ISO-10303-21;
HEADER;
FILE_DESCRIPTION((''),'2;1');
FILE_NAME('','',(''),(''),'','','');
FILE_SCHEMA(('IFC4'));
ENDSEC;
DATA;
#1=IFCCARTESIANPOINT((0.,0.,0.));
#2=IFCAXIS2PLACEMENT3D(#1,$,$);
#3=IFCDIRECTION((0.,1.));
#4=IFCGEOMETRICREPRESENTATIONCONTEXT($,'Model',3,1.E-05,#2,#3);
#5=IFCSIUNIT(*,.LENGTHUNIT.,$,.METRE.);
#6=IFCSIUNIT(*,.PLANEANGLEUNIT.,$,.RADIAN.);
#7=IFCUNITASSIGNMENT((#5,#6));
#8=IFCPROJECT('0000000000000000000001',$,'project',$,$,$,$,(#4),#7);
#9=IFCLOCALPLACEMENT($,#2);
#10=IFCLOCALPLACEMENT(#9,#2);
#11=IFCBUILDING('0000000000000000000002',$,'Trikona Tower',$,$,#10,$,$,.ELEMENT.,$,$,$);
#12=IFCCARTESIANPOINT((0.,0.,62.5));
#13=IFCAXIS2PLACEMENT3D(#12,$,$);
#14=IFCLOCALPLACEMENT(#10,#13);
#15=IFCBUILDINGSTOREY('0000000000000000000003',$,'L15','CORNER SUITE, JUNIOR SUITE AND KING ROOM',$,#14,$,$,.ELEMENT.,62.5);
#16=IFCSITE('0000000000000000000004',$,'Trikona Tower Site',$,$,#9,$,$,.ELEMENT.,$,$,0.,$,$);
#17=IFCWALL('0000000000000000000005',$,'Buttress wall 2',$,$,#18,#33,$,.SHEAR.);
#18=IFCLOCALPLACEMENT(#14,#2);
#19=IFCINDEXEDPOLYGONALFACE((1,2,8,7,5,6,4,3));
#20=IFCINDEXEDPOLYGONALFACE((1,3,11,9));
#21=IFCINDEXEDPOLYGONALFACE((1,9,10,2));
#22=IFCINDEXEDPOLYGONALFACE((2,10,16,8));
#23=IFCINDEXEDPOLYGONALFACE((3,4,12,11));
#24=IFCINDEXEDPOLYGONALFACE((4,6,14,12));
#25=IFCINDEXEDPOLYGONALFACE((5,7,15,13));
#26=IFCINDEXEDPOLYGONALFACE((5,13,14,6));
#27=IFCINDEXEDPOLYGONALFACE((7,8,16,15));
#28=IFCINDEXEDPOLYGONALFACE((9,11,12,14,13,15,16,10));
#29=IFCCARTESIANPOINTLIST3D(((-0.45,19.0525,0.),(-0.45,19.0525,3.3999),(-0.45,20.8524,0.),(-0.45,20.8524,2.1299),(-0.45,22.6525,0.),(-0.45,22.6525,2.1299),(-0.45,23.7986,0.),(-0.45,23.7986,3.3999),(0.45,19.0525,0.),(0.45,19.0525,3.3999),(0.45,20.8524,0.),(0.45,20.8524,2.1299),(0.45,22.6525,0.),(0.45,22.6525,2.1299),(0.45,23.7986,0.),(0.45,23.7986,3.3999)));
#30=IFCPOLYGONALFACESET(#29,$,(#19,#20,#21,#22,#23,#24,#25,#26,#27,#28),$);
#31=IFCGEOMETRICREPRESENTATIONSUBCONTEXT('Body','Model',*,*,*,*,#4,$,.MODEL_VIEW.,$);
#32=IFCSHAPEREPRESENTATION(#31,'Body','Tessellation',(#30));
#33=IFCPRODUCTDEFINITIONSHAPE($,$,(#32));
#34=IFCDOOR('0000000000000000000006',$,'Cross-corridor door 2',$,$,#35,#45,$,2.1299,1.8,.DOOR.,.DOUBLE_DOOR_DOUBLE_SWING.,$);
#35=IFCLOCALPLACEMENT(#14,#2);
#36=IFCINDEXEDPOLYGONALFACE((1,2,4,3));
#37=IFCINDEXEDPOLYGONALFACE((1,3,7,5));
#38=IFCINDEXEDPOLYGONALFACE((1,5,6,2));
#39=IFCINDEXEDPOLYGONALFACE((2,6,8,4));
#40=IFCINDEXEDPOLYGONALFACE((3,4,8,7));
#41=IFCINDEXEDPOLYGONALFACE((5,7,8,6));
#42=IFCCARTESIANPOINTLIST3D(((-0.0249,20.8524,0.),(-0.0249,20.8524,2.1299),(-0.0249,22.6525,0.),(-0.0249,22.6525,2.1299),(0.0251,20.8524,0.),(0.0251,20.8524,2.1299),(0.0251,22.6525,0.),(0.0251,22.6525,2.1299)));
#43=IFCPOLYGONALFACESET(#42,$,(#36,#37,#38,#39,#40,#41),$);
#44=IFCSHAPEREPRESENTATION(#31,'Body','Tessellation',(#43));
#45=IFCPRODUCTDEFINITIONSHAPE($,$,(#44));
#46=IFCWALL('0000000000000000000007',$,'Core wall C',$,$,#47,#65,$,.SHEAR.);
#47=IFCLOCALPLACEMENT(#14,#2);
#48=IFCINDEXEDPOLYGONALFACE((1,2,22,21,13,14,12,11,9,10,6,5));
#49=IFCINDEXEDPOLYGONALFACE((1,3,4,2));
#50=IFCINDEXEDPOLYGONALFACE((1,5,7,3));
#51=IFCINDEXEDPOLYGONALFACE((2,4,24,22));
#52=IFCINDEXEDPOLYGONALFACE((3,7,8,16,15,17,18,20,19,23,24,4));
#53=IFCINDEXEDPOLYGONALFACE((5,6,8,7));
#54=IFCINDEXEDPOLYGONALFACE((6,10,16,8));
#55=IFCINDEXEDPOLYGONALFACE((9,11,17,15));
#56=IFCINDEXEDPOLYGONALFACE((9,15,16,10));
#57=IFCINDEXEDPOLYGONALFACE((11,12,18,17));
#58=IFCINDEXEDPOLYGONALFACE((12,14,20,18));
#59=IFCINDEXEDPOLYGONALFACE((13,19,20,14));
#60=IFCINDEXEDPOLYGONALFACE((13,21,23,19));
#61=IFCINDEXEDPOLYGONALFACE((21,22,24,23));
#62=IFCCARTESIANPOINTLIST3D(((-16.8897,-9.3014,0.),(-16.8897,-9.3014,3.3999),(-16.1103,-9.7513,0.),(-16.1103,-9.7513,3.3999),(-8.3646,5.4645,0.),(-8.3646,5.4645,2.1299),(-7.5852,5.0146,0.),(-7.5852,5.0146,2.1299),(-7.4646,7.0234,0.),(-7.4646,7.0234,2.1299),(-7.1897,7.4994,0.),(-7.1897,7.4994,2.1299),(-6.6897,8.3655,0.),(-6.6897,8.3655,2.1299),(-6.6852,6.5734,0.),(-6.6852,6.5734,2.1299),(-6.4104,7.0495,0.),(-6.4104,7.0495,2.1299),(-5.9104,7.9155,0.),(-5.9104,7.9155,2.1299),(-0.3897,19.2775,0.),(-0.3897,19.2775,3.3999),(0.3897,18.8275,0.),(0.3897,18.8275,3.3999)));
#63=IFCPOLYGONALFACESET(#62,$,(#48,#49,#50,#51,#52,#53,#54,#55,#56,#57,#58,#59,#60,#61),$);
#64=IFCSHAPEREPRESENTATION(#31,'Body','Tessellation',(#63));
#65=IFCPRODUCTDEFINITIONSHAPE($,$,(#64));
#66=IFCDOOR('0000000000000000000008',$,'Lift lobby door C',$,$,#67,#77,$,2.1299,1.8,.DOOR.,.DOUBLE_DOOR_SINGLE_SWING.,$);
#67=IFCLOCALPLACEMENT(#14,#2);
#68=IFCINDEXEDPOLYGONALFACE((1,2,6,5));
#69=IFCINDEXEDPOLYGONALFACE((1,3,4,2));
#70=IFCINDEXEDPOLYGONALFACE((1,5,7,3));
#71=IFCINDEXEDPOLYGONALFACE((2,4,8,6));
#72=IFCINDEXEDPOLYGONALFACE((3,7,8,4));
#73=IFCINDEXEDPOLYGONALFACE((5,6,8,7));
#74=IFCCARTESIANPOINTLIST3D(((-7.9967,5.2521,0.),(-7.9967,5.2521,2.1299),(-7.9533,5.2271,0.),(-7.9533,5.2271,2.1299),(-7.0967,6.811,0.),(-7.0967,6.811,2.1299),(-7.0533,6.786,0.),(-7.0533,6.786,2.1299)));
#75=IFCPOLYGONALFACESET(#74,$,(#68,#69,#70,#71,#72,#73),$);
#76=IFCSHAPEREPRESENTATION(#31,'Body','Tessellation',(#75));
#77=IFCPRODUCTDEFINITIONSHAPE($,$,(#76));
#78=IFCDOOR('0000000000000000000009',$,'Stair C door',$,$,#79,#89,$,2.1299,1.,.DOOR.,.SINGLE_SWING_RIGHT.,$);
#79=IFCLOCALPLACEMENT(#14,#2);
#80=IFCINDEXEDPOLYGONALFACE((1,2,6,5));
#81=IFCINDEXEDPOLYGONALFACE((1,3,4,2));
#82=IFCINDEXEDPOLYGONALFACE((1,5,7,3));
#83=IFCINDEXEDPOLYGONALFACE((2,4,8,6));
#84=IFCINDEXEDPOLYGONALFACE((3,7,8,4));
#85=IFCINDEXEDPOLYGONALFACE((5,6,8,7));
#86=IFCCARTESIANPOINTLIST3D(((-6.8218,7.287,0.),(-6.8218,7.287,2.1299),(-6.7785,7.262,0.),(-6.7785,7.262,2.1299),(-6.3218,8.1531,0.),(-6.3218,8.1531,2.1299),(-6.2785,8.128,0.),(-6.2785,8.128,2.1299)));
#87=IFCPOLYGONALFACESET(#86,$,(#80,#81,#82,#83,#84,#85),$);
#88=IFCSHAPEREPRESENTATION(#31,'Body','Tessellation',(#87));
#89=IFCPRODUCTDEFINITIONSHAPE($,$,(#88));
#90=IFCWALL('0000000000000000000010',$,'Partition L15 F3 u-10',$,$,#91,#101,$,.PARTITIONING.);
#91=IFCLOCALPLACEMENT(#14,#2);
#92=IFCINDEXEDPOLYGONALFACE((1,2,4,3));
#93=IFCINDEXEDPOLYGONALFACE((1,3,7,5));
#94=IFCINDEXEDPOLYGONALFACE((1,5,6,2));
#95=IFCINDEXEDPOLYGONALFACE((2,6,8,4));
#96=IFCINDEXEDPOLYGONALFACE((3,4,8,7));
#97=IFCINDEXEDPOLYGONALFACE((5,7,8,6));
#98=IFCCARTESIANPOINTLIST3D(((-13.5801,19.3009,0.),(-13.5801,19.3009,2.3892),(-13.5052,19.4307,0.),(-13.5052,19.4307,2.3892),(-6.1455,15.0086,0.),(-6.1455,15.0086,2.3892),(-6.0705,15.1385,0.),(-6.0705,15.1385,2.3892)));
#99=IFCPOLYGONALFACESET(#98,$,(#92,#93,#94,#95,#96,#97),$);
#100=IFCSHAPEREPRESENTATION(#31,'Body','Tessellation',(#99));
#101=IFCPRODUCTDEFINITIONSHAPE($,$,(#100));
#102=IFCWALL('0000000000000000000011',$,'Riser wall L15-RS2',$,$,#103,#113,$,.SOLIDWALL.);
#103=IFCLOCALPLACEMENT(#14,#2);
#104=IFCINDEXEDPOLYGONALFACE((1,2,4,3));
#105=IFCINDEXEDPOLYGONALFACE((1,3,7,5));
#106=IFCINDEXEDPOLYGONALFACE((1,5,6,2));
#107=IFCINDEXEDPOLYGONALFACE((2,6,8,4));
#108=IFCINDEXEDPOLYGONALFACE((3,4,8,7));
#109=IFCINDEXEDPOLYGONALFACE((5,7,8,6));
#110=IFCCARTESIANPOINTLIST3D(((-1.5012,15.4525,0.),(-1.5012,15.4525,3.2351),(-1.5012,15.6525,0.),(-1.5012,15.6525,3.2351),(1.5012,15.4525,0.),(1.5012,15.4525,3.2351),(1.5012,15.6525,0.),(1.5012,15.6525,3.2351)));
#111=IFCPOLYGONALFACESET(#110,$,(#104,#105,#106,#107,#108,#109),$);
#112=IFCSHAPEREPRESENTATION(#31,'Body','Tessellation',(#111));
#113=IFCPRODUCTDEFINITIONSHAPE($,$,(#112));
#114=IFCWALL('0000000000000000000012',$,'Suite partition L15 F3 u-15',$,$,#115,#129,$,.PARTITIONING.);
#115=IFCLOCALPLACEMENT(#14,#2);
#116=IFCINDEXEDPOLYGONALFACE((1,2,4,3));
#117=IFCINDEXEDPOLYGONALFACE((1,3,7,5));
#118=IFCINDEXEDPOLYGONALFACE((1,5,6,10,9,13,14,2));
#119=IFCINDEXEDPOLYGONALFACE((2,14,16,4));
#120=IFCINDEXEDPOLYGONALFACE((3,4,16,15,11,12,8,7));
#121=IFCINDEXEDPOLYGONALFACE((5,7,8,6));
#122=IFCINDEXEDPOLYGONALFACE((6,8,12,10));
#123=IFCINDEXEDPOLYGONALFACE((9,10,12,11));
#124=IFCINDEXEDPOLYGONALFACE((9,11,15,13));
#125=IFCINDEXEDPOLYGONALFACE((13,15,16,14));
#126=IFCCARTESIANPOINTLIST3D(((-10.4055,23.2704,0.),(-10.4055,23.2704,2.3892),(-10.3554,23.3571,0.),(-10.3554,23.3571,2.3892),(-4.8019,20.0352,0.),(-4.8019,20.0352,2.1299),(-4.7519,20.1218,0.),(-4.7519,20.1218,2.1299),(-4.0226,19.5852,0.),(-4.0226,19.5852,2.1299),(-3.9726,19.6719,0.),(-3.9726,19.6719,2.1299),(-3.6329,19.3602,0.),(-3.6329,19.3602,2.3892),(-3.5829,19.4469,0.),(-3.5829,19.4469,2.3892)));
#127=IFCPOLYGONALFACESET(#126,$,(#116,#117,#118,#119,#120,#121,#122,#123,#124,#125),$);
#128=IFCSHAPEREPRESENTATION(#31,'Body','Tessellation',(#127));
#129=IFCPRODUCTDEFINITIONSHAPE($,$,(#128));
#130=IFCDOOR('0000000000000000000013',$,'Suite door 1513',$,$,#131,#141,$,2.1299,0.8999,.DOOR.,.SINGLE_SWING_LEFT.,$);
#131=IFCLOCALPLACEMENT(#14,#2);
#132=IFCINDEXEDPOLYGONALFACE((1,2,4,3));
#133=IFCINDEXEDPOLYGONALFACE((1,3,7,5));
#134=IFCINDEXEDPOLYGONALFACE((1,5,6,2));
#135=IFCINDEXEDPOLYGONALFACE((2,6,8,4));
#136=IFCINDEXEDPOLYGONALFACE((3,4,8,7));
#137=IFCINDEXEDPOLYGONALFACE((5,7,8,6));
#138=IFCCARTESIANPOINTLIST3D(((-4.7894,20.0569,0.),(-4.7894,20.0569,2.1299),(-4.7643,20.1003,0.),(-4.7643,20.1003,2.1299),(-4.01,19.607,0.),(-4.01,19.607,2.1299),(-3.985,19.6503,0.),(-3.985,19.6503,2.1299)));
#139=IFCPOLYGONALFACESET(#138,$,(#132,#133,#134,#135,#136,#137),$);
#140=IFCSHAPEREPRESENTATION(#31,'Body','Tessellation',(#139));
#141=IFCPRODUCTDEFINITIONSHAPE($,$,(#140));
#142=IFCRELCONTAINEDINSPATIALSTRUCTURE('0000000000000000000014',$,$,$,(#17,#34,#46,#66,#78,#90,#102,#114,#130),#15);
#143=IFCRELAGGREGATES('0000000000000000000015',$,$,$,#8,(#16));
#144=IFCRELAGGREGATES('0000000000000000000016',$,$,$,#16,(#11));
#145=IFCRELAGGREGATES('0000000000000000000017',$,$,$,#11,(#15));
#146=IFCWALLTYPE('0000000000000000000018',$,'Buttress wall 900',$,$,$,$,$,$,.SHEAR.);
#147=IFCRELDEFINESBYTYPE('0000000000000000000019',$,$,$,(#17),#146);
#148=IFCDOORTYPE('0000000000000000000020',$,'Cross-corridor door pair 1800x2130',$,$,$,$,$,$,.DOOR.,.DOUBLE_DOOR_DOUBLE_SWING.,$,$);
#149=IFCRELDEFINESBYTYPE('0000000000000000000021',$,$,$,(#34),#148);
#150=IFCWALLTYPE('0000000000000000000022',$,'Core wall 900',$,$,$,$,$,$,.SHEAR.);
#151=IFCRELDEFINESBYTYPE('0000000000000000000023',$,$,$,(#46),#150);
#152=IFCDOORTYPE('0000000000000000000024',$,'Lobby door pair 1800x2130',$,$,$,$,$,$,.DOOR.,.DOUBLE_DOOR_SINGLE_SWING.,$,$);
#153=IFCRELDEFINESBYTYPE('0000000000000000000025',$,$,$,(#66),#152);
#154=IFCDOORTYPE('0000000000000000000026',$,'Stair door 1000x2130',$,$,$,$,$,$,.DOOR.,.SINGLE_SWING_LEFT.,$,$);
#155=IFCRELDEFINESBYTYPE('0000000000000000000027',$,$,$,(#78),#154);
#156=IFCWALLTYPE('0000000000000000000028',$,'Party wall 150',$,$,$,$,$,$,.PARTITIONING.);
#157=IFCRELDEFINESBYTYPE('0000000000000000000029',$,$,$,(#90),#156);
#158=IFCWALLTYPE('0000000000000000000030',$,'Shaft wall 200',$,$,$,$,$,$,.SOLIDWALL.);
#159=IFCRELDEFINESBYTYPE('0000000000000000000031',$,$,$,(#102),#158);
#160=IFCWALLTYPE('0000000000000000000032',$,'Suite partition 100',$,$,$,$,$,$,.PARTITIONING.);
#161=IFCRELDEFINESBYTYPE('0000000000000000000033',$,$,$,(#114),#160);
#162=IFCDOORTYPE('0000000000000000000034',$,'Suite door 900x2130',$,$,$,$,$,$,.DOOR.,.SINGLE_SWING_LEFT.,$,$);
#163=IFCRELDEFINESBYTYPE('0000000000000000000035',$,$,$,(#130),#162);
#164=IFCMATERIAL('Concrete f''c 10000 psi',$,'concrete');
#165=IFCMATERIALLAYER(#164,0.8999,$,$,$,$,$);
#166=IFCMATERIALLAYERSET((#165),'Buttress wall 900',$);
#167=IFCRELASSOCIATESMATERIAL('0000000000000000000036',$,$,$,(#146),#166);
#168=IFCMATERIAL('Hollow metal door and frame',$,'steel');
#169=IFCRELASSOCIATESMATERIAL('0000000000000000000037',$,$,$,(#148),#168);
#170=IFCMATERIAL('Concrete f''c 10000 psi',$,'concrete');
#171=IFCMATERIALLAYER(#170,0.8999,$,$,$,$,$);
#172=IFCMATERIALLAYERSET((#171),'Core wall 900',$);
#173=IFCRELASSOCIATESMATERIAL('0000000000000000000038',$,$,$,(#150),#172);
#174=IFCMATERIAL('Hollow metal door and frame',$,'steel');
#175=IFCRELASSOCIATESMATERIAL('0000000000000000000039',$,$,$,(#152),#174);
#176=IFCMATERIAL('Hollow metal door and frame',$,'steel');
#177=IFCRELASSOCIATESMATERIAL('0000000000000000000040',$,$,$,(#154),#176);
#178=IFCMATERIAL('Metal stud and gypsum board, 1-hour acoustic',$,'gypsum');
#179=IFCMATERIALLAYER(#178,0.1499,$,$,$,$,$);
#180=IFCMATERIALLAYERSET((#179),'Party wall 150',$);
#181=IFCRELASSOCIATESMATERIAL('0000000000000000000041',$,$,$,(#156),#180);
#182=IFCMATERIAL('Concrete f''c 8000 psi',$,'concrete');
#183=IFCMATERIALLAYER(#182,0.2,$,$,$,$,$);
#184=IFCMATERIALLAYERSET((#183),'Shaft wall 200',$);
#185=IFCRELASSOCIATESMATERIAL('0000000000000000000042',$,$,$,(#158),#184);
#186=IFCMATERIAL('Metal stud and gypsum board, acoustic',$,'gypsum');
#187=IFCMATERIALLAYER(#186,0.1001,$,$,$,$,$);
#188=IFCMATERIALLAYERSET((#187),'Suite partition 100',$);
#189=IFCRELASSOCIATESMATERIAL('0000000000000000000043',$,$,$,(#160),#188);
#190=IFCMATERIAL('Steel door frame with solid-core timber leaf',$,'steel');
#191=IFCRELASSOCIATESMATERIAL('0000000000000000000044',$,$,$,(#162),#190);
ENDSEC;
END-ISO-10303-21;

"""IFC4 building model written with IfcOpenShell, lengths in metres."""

from ifc_helpers import new_model, si_unit, direction, frame, frame_2d, origin, place, context, subcontext, project, spatial, rectangle, extrude, material, layer, layer_set, type_object, element, fill, save


model = new_model("IFC4")

# Units and contexts
model_context = context("Model", 3, precision=1e-05, world=origin(), true_north=direction((0.0, 1.0)))
body_context = subcontext(model_context, "Body", "Model", "MODEL_VIEW")
ifc_project = project(units=[si_unit("LENGTHUNIT", "METRE"), si_unit("PLANEANGLEUNIT", "RADIAN")], contexts=[model_context])

# Site, building, storey
site_placement = place(None, origin())
site = spatial("IfcSite", under=ifc_project, at=site_placement, Name="Trikona Tower Site", CompositionType="ELEMENT", RefElevation=0.0)
building_placement = place(site_placement, origin())
building = spatial("IfcBuilding", under=site, at=building_placement, Name="Trikona Tower", CompositionType="ELEMENT")
storey_placement = place(building_placement, frame((0.0, 0.0, 62.5)))
storey = spatial("IfcBuildingStorey", under=building, at=storey_placement, Name="L15", Description="CORNER SUITE, JUNIOR SUITE AND KING ROOM", CompositionType="ELEMENT", Elevation=62.5)

# Wall, opening, door
ifc_material_1 = material(Name="Concrete f'c 10000 psi", Category="concrete")
ifc_layer_1 = layer(ifc_material_1, 0.8999)
ifc_layer_set_1 = layer_set([ifc_layer_1], Name="Buttress wall 900")
wall_type_1 = type_object("IfcWallType", Name="Buttress wall 900", PredefinedType="SHEAR", material=ifc_layer_set_1)
wall_1_placement = place(storey_placement, frame((0.0, 19.0525, 0.0), z_axis=(0.0, 0.0, 1.0), x_axis=(0.0, 1.0, 0.0)))
wall_1 = element("IfcWall", 1, at=wall_1_placement, inside=storey, type_object=wall_type_1, Name="Buttress wall 2", PredefinedType="SHEAR", context=body_context, shape_type="SweptSolid", body=[
    extrude(rectangle(XDim=4.7461, YDim=0.8999, at=frame_2d((2.373, 0.0))), origin(), (0.0, 0.0, 1.0), 3.3999),
])
opening_1_placement = place(wall_1_placement, frame((1.8, 0.0, 0.0)))
opening_1 = element("IfcOpeningElement", 2, at=opening_1_placement, cuts=wall_1, PredefinedType="OPENING", context=body_context, shape_type="SweptSolid", body=[
    extrude(rectangle(XDim=1.8, YDim=2.1299, at=frame_2d((0.8999, 1.0649))), frame((0.0, 0.46, 0.0), z_axis=(0.0, -1.0, 0.0), x_axis=(1.0, 0.0, 0.0)), (0.0, 0.0, 1.0), 0.9199),
])
ifc_material_2 = material(Name="Hollow metal door and frame", Category="steel")
door_type_1 = type_object("IfcDoorType", Name="Cross-corridor door pair 1800x2130", OperationType="DOUBLE_DOOR_DOUBLE_SWING", PredefinedType="DOOR", material=ifc_material_2)
door_1_placement = place(opening_1_placement, origin())
door_1 = element("IfcDoor", 3, at=door_1_placement, inside=storey, type_object=door_type_1, Name="Cross-corridor door 2", OperationType="DOUBLE_DOOR_DOUBLE_SWING", OverallHeight=2.1299, OverallWidth=1.8, PredefinedType="DOOR", context=body_context, shape_type="SweptSolid", body=[
    extrude(rectangle(XDim=1.8, YDim=2.1299, at=frame_2d((0.8999, 1.0649))), frame((0.0, 0.0249, 0.0), z_axis=(0.0, -1.0, 0.0), x_axis=(1.0, 0.0, 0.0)), (0.0, 0.0, 1.0), 0.05),
])
fill(opening_1, door_1)

# Wall, openings, doors
ifc_material_3 = material(Name="Concrete f'c 10000 psi", Category="concrete")
ifc_layer_2 = layer(ifc_material_3, 0.8999)
ifc_layer_set_2 = layer_set([ifc_layer_2], Name="Core wall 900")
wall_type_2 = type_object("IfcWallType", Name="Core wall 900", PredefinedType="SHEAR", material=ifc_layer_set_2)
wall_2_placement = place(storey_placement, frame((0.0, 19.0525, 0.0), z_axis=(0.0, 0.0, 1.0), x_axis=(-0.5, -0.866026, 0.0)))
wall_2 = element("IfcWall", 4, at=wall_2_placement, inside=storey, type_object=wall_type_2, Name="Core wall C", PredefinedType="SHEAR", context=body_context, shape_type="SweptSolid", body=[
    extrude(rectangle(XDim=33.0, YDim=0.8999, at=frame_2d((16.5, 0.0))), origin(), (0.0, 0.0, 1.0), 3.3999),
])
opening_2_placement = place(wall_2_placement, frame((14.1499, 0.0, 0.0)))
opening_2 = element("IfcOpeningElement", 5, at=opening_2_placement, cuts=wall_2, PredefinedType="OPENING", context=body_context, shape_type="SweptSolid", body=[
    extrude(rectangle(XDim=1.8, YDim=2.1299, at=frame_2d((0.8999, 1.0649))), frame((0.0, 0.46, 0.0), z_axis=(0.0, -1.0, 0.0), x_axis=(1.0, 0.0, 0.0)), (0.0, 0.0, 1.0), 0.9199),
])
opening_3_placement = place(wall_2_placement, frame((12.6001, 0.0, 0.0)))
opening_3 = element("IfcOpeningElement", 6, at=opening_3_placement, cuts=wall_2, PredefinedType="OPENING", context=body_context, shape_type="SweptSolid", body=[
    extrude(rectangle(XDim=1.0, YDim=2.1299, at=frame_2d((0.5, 1.0649))), frame((0.0, 0.46, 0.0), z_axis=(0.0, -1.0, 0.0), x_axis=(1.0, 0.0, 0.0)), (0.0, 0.0, 1.0), 0.9199),
])
ifc_material_4 = material(Name="Hollow metal door and frame", Category="steel")
door_type_2 = type_object("IfcDoorType", Name="Lobby door pair 1800x2130", OperationType="DOUBLE_DOOR_SINGLE_SWING", PredefinedType="DOOR", material=ifc_material_4)
door_2_placement = place(opening_2_placement, origin())
door_2 = element("IfcDoor", 7, at=door_2_placement, inside=storey, type_object=door_type_2, Name="Lift lobby door C", OperationType="DOUBLE_DOOR_SINGLE_SWING", OverallHeight=2.1299, OverallWidth=1.8, PredefinedType="DOOR", context=body_context, shape_type="SweptSolid", body=[
    extrude(rectangle(XDim=1.8, YDim=2.1299, at=frame_2d((0.8999, 1.0649))), frame((0.0, 0.0249, 0.0), z_axis=(0.0, -1.0, 0.0), x_axis=(1.0, 0.0, 0.0)), (0.0, 0.0, 1.0), 0.05),
])
fill(opening_2, door_2)
ifc_material_5 = material(Name="Hollow metal door and frame", Category="steel")
door_type_3 = type_object("IfcDoorType", Name="Stair door 1000x2130", OperationType="SINGLE_SWING_LEFT", PredefinedType="DOOR", material=ifc_material_5)
door_3_placement = place(opening_3_placement, origin())
door_3 = element("IfcDoor", 8, at=door_3_placement, inside=storey, type_object=door_type_3, Name="Stair C door", OperationType="SINGLE_SWING_RIGHT", OverallHeight=2.1299, OverallWidth=1.0, PredefinedType="DOOR", context=body_context, shape_type="SweptSolid", body=[
    extrude(rectangle(XDim=1.0, YDim=2.1299, at=frame_2d((0.5, 1.0649))), frame((0.0, 0.0249, 0.0), z_axis=(0.0, -1.0, 0.0), x_axis=(1.0, 0.0, 0.0)), (0.0, 0.0, 1.0), 0.05),
])
fill(opening_3, door_3)

# Walls
ifc_material_6 = material(Name="Metal stud and gypsum board, 1-hour acoustic", Category="gypsum")
ifc_layer_3 = layer(ifc_material_6, 0.1499)
ifc_layer_set_3 = layer_set([ifc_layer_3], Name="Party wall 150")
wall_type_3 = type_object("IfcWallType", Name="Party wall 150", PredefinedType="PARTITIONING", material=ifc_layer_set_3)
wall_3_placement = place(storey_placement, frame((-6.1079, 15.0735, 0.0), z_axis=(0.0, 0.0, 1.0), x_axis=(-0.866031, 0.49999, 0.0)))
element("IfcWall", 9, at=wall_3_placement, inside=storey, type_object=wall_type_3, Name="Partition L15 F3 u-10", PredefinedType="PARTITIONING", context=body_context, shape_type="SweptSolid", body=[
    extrude(rectangle(XDim=8.5847, YDim=0.1499, at=frame_2d((4.2925, 0.0))), origin(), (0.0, 0.0, 1.0), 2.3892),
])
ifc_material_7 = material(Name="Concrete f'c 8000 psi", Category="concrete")
ifc_layer_4 = layer(ifc_material_7, 0.2)
ifc_layer_set_4 = layer_set([ifc_layer_4], Name="Shaft wall 200")
wall_type_4 = type_object("IfcWallType", Name="Shaft wall 200", PredefinedType="SOLIDWALL", material=ifc_layer_set_4)
wall_4_placement = place(storey_placement, frame((-1.5012, 15.5525, 0.0), z_axis=(0.0, 0.0, 1.0), x_axis=(1.0, 0.0, 0.0)))
element("IfcWall", 10, at=wall_4_placement, inside=storey, type_object=wall_type_4, Name="Riser wall L15-RS2", PredefinedType="SOLIDWALL", context=body_context, shape_type="SweptSolid", body=[
    extrude(rectangle(XDim=3.0024, YDim=0.2, at=frame_2d((1.5012, 0.0))), origin(), (0.0, 0.0, 1.0), 3.2351),
])

# Wall, opening, door
ifc_material_8 = material(Name="Metal stud and gypsum board, acoustic", Category="gypsum")
ifc_layer_5 = layer(ifc_material_8, 0.1001)
ifc_layer_set_5 = layer_set([ifc_layer_5], Name="Suite partition 100")
wall_type_5 = type_object("IfcWallType", Name="Suite partition 100", PredefinedType="PARTITIONING", material=ifc_layer_set_5)
wall_5_placement = place(storey_placement, frame((-3.6079, 19.4036, 0.0), z_axis=(0.0, 0.0, 1.0), x_axis=(-0.866021, 0.500007, 0.0)))
wall_5 = element("IfcWall", 11, at=wall_5_placement, inside=storey, type_object=wall_type_5, Name="Suite partition L15 F3 u-15", PredefinedType="PARTITIONING", context=body_context, shape_type="SweptSolid", body=[
    extrude(rectangle(XDim=7.8203, YDim=0.1001, at=frame_2d((3.9102, 0.0))), origin(), (0.0, 0.0, 1.0), 2.3892),
])
opening_4_placement = place(wall_5_placement, frame((0.45, 0.0, 0.0)))
opening_4 = element("IfcOpeningElement", 12, at=opening_4_placement, cuts=wall_5, PredefinedType="OPENING", context=body_context, shape_type="SweptSolid", body=[
    extrude(rectangle(XDim=0.8999, YDim=2.1299, at=frame_2d((0.45, 1.0649))), frame((0.0, 0.0601, 0.0), z_axis=(0.0, -1.0, 0.0), x_axis=(1.0, 0.0, 0.0)), (0.0, 0.0, 1.0), 0.1201),
])
ifc_material_9 = material(Name="Steel door frame with solid-core timber leaf", Category="steel")
door_type_4 = type_object("IfcDoorType", Name="Suite door 900x2130", OperationType="SINGLE_SWING_LEFT", PredefinedType="DOOR", material=ifc_material_9)
door_4_placement = place(opening_4_placement, origin())
door_4 = element("IfcDoor", 13, at=door_4_placement, inside=storey, type_object=door_type_4, Name="Suite door 1513", OperationType="SINGLE_SWING_LEFT", OverallHeight=2.1299, OverallWidth=0.8999, PredefinedType="DOOR", context=body_context, shape_type="SweptSolid", body=[
    extrude(rectangle(XDim=0.8999, YDim=2.1299, at=frame_2d((0.45, 1.0649))), frame((0.0, 0.0249, 0.0), z_axis=(0.0, -1.0, 0.0), x_axis=(1.0, 0.0, 0.0)), (0.0, 0.0, 1.0), 0.05),
])
fill(opening_4, door_4)

save(model, "model.ifc")
